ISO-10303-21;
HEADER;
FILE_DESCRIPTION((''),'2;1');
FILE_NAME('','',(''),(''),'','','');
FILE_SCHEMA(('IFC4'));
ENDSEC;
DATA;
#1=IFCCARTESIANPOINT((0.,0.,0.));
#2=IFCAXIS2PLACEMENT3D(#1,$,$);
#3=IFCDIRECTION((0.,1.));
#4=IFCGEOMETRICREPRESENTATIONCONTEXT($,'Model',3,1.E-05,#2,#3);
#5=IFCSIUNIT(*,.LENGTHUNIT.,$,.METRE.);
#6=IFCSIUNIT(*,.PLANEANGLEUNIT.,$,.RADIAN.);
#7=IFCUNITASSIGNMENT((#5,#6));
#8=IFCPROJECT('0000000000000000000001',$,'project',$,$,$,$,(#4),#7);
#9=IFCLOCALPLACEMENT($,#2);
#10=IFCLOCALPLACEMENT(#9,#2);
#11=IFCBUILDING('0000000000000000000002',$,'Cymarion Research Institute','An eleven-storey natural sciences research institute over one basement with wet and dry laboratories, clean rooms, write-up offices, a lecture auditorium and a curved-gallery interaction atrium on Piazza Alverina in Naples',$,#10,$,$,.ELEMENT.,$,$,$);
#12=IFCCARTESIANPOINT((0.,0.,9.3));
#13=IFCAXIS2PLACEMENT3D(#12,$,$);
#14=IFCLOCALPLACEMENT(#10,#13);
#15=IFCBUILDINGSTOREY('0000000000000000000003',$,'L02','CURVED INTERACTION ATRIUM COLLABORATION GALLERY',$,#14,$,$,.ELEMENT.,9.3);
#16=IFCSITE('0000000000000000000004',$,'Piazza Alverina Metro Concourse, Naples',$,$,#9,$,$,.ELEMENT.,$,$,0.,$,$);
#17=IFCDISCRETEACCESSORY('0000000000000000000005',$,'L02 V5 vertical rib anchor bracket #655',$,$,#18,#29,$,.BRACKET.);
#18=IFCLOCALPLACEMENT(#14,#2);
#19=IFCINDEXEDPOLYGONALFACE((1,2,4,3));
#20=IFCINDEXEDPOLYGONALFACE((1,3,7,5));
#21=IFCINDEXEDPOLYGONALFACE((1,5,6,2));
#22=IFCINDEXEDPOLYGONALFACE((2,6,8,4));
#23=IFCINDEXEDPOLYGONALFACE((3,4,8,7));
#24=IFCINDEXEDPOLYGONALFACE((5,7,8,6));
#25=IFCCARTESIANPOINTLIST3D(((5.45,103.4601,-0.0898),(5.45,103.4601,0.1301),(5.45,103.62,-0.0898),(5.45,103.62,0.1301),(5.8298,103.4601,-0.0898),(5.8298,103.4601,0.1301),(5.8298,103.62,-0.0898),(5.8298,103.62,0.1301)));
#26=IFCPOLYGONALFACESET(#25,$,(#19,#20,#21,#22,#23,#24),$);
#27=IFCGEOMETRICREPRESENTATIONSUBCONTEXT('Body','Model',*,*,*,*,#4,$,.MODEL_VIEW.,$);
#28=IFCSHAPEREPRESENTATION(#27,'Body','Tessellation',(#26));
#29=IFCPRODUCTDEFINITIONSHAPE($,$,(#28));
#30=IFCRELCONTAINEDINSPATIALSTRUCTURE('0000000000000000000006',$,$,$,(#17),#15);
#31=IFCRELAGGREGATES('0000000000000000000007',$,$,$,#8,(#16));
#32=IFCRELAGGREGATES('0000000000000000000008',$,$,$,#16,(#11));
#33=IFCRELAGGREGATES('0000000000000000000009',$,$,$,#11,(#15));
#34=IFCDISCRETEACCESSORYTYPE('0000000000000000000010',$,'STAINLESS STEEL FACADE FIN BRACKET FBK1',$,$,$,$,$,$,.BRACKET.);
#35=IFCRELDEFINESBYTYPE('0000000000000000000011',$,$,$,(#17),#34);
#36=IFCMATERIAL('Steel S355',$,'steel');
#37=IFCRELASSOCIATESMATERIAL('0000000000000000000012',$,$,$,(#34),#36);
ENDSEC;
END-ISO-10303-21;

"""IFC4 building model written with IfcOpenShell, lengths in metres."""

from ifc_helpers import new_model, si_unit, direction, frame, origin, origin_2d, place, context, subcontext, project, spatial, rectangle, extrude, material, type_object, element, save


model = new_model("IFC4")

# Units and contexts
model_context = context("Model", 3, precision=1e-05, world=origin(), true_north=direction((0.0, 1.0)))
body_context = subcontext(model_context, "Body", "Model", "MODEL_VIEW")
ifc_project = project(units=[si_unit("LENGTHUNIT", "METRE"), si_unit("PLANEANGLEUNIT", "RADIAN")], contexts=[model_context])

# Site, building, storey
site_placement = place(None, origin())
site = spatial("IfcSite", under=ifc_project, at=site_placement, Name="Piazza Alverina Metro Concourse, Naples", CompositionType="ELEMENT", RefElevation=0.0)
building_placement = place(site_placement, origin())
building = spatial("IfcBuilding", under=site, at=building_placement, Name="Cymarion Research Institute", Description="An eleven-storey natural sciences research institute over one basement with wet and dry laboratories, clean rooms, write-up offices, a lecture auditorium and a curved-gallery interaction atrium on Piazza Alverina in Naples", CompositionType="ELEMENT")
storey_placement = place(building_placement, frame((0.0, 0.0, 9.3)))
storey = spatial("IfcBuildingStorey", under=building, at=storey_placement, Name="L02", Description="CURVED INTERACTION ATRIUM COLLABORATION GALLERY", CompositionType="ELEMENT", Elevation=9.3)

# Discrete accessory
ifc_material_1 = material(Name="Steel S355", Category="steel")
discrete_accessory_type = type_object("IfcDiscreteAccessoryType", Name="STAINLESS STEEL FACADE FIN BRACKET FBK1", PredefinedType="BRACKET", material=ifc_material_1)
for number, where, z_axis, x_axis, name in (
    (1, (5.6399, 103.54, -0.0898), (0.0, 0.0, 1.0), (-1.0, 0.0, 0.0), "L02 V5 vertical rib anchor bracket #655"),
):
    element("IfcDiscreteAccessory", number, at=place(storey_placement, frame(where, z_axis=z_axis, x_axis=x_axis)), inside=storey, type_object=discrete_accessory_type, Name=name, PredefinedType="BRACKET", context=body_context, shape_type="SweptSolid", body=[
        extrude(rectangle(XDim=0.3799, YDim=0.1599, at=origin_2d()), origin(), (0.0, 0.0, 1.0), 0.22),
    ])

save(model, "model.ifc")
